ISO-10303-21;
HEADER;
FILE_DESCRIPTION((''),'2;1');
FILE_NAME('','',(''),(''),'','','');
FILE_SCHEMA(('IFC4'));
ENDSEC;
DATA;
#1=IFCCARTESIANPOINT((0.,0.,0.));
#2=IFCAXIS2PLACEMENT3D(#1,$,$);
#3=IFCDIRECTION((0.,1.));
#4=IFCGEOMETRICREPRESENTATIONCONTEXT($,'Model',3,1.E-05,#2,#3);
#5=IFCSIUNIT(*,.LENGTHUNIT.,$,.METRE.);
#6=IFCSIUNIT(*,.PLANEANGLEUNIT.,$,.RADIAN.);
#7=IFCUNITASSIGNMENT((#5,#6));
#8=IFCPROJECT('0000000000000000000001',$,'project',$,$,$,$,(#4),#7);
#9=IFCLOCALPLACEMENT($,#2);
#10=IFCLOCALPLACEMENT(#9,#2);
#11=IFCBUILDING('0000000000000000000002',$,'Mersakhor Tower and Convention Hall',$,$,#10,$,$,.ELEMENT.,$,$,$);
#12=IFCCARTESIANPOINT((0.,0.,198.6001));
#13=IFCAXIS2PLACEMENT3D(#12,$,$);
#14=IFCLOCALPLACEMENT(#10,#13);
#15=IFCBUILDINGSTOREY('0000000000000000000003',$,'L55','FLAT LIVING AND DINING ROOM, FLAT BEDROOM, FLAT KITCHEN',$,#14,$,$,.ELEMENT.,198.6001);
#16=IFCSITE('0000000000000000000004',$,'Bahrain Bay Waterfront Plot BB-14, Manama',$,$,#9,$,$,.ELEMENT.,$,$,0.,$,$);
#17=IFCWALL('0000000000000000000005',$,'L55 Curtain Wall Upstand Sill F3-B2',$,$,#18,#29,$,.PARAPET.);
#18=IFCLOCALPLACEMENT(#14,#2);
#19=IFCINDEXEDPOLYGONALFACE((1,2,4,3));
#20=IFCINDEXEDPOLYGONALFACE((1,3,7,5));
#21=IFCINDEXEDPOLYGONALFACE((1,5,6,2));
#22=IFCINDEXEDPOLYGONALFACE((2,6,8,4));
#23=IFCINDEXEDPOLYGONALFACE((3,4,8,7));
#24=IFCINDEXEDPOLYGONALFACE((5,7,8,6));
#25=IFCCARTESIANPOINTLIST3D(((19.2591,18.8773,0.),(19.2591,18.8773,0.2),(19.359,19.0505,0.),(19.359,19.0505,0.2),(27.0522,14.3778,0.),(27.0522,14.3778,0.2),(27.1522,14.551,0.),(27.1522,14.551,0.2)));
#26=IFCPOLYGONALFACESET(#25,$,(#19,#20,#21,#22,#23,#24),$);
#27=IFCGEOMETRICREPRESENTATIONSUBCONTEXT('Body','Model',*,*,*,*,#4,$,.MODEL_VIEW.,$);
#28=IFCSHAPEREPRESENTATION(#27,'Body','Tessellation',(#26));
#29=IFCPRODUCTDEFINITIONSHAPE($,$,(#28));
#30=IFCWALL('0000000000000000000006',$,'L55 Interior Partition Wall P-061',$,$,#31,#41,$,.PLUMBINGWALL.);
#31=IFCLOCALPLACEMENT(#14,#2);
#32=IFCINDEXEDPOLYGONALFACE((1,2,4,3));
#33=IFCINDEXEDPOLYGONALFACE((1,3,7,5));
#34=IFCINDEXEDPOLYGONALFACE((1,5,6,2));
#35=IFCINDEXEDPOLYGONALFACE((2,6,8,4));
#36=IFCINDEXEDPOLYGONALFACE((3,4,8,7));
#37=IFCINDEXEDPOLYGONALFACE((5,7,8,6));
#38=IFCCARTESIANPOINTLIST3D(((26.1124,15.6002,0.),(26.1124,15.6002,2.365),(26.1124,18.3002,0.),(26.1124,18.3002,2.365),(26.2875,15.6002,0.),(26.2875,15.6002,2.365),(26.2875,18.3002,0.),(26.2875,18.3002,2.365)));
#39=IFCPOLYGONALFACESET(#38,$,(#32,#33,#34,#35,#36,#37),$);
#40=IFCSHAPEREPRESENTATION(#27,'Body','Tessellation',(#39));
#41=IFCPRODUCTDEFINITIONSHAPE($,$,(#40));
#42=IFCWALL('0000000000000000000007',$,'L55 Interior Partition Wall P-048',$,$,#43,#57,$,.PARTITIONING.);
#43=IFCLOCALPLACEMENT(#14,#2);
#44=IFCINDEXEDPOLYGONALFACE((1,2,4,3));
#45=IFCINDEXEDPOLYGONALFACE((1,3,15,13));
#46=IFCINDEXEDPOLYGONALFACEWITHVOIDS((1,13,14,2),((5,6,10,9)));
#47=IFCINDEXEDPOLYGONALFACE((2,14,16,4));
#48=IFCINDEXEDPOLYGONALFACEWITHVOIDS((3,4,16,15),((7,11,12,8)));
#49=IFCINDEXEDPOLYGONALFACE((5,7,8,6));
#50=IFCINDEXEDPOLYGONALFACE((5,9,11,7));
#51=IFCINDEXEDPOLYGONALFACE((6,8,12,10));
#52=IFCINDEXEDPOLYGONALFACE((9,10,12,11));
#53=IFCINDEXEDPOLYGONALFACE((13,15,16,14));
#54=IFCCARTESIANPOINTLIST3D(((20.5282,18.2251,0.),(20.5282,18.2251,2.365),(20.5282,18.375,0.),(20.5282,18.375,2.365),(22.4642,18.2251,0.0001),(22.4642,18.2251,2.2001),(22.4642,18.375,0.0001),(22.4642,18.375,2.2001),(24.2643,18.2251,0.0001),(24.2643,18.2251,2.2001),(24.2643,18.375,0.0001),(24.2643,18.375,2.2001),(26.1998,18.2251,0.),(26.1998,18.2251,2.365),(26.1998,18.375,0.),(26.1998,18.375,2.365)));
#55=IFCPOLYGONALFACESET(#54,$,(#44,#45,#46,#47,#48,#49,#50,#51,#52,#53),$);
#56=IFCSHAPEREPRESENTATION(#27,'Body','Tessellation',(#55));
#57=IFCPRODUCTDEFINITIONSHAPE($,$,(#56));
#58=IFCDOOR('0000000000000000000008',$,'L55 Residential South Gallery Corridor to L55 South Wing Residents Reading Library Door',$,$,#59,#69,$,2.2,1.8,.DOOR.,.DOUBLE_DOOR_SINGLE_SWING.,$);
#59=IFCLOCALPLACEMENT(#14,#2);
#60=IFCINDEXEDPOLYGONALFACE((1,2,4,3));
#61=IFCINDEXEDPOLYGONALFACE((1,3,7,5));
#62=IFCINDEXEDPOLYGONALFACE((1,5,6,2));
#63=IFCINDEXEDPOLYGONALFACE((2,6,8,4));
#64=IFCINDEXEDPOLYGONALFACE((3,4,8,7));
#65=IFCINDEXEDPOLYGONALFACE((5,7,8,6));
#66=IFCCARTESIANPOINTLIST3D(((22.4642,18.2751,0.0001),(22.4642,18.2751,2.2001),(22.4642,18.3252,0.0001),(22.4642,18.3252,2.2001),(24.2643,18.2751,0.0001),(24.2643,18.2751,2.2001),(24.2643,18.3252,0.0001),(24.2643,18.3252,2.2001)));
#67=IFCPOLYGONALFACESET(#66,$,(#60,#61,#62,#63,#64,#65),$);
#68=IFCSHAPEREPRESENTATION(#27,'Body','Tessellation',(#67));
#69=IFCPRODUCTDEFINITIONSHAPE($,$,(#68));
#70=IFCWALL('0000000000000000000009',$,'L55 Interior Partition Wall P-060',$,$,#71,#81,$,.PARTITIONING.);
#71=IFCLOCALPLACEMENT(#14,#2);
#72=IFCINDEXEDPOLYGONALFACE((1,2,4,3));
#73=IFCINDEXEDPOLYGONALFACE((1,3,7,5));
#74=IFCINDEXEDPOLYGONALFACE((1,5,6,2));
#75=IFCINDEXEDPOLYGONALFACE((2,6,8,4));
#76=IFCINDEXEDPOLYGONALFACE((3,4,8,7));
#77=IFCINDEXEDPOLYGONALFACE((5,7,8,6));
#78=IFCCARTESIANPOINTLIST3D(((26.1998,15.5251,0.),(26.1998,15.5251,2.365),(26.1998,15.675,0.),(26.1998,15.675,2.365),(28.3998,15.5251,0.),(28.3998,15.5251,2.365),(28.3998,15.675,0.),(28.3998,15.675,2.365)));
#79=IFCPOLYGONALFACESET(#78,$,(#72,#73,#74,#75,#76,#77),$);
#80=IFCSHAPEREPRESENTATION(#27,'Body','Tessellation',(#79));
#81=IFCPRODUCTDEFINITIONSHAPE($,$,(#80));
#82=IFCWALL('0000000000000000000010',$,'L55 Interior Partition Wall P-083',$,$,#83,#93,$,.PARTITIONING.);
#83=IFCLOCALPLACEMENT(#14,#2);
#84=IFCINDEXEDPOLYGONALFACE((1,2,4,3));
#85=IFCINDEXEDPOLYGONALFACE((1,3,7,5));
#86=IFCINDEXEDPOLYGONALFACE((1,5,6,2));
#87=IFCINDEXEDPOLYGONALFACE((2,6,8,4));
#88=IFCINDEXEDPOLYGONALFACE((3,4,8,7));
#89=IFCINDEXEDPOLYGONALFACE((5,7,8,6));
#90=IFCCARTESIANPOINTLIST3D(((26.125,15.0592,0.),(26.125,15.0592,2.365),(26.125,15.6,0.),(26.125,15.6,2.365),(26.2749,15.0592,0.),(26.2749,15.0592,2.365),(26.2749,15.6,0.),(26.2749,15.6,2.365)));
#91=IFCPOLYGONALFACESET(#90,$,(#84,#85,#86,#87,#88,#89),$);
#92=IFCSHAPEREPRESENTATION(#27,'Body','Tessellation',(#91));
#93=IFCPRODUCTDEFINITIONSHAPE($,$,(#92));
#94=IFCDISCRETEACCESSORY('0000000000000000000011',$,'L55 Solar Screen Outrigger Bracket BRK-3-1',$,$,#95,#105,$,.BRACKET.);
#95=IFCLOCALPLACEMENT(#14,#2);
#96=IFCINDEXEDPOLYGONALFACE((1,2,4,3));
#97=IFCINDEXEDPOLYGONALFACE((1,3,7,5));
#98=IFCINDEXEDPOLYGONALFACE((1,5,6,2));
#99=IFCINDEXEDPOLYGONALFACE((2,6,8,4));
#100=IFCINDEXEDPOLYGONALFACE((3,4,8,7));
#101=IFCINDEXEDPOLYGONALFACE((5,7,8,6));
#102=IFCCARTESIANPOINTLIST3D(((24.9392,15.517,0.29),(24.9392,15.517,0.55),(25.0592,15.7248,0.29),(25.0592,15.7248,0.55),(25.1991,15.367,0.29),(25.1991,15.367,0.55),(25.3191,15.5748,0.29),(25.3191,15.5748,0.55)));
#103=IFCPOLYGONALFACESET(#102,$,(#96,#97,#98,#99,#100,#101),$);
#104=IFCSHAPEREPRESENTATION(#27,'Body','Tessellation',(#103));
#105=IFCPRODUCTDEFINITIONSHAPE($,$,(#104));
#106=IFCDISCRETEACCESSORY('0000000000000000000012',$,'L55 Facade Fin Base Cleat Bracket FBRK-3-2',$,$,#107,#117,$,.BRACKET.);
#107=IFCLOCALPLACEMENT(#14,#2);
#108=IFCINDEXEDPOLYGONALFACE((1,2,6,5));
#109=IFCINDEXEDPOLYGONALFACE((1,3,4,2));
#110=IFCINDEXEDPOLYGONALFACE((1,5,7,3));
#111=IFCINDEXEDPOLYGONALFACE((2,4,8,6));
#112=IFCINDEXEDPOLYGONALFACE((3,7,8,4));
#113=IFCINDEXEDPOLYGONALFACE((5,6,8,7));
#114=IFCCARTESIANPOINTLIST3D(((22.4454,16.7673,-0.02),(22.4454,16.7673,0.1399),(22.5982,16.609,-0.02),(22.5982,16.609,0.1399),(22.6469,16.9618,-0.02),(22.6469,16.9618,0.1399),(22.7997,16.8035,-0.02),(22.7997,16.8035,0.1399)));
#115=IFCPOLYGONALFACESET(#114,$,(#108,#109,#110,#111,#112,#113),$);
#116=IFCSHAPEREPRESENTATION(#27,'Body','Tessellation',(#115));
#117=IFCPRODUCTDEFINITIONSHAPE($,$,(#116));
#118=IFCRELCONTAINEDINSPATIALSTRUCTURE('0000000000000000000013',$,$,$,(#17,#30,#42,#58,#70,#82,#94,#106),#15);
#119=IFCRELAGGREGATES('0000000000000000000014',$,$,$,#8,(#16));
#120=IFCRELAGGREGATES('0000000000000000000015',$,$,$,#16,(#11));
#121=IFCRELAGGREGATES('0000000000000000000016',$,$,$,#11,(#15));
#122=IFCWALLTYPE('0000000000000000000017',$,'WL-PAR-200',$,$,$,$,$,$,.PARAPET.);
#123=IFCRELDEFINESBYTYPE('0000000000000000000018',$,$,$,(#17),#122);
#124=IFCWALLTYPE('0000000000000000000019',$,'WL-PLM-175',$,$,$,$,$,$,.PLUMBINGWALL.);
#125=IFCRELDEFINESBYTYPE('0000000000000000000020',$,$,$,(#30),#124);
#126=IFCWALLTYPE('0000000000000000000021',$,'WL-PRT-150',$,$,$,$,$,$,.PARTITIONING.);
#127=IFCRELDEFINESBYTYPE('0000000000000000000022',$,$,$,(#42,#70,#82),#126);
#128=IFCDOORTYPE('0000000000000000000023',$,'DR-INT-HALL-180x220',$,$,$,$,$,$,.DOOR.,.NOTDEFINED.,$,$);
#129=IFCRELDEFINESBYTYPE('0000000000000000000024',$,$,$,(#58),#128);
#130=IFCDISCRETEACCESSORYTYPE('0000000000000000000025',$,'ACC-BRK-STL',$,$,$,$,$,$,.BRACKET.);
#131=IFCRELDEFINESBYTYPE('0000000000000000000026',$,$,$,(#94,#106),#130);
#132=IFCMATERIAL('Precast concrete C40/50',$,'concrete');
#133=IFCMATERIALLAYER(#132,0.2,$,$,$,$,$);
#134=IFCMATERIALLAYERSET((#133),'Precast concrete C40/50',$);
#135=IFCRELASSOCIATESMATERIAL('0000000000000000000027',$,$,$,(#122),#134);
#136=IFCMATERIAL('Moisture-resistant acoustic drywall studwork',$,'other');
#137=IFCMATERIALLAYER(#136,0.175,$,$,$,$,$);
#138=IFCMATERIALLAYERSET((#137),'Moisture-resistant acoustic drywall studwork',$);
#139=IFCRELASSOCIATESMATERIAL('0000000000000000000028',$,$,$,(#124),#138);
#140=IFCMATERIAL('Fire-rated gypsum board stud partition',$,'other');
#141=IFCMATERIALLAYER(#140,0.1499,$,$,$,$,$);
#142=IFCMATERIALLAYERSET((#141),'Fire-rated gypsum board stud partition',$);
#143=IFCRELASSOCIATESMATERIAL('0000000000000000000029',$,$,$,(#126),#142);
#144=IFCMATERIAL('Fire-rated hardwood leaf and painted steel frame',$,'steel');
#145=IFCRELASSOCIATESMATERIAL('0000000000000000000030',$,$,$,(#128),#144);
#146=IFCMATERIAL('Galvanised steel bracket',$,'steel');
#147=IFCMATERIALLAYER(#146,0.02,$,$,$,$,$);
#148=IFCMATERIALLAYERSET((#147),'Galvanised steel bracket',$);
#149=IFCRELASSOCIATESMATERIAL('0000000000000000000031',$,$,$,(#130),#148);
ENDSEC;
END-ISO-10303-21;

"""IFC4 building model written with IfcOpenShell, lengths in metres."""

from ifc_helpers import new_model, si_unit, direction, frame, frame_2d, origin, origin_2d, place, context, subcontext, project, spatial, rectangle, extrude, material, layer, layer_set, type_object, element, fill, save


model = new_model("IFC4")

# Units and contexts
model_context = context("Model", 3, precision=1e-05, world=origin(), true_north=direction((0.0, 1.0)))
body_context = subcontext(model_context, "Body", "Model", "MODEL_VIEW")
ifc_project = project(units=[si_unit("LENGTHUNIT", "METRE"), si_unit("PLANEANGLEUNIT", "RADIAN")], contexts=[model_context])

# Site, building, storey
site_placement = place(None, origin())
site = spatial("IfcSite", under=ifc_project, at=site_placement, Name="Bahrain Bay Waterfront Plot BB-14, Manama", CompositionType="ELEMENT", RefElevation=0.0)
building_placement = place(site_placement, origin())
building = spatial("IfcBuilding", under=site, at=building_placement, Name="Mersakhor Tower and Convention Hall", CompositionType="ELEMENT")
storey_placement = place(building_placement, frame((0.0, 0.0, 198.6001)))
storey = spatial("IfcBuildingStorey", under=building, at=storey_placement, Name="L55", Description="FLAT LIVING AND DINING ROOM, FLAT BEDROOM, FLAT KITCHEN", CompositionType="ELEMENT", Elevation=198.6001)

# Walls
ifc_material_1 = material(Name="Precast concrete C40/50", Category="concrete")
ifc_layer_1 = layer(ifc_material_1, 0.2)
ifc_layer_set_1 = layer_set([ifc_layer_1], Name="Precast concrete C40/50")
wall_type_1 = type_object("IfcWallType", Name="WL-PAR-200", PredefinedType="PARAPET", material=ifc_layer_set_1)
wall_1_placement = place(storey_placement, frame((27.1023, 14.4644, 0.0), z_axis=(0.0, 0.0, 1.0), x_axis=(-0.866021, 0.500008, 0.0)))
element("IfcWall", 1, at=wall_1_placement, inside=storey, type_object=wall_type_1, Name="L55 Curtain Wall Upstand Sill F3-B2", PredefinedType="PARAPET", context=body_context, shape_type="SweptSolid", body=[
    extrude(rectangle(XDim=8.9988, YDim=0.2, at=frame_2d((4.4995, 0.0))), origin(), (0.0, 0.0, 1.0), 0.2),
])
ifc_material_2 = material(Name="Moisture-resistant acoustic drywall studwork", Category="other")
ifc_layer_2 = layer(ifc_material_2, 0.175)
ifc_layer_set_2 = layer_set([ifc_layer_2], Name="Moisture-resistant acoustic drywall studwork")
wall_type_2 = type_object("IfcWallType", Name="WL-PLM-175", PredefinedType="PLUMBINGWALL", material=ifc_layer_set_2)
wall_2_placement = place(storey_placement, frame((26.2, 15.6001, 0.0), z_axis=(0.0, 0.0, 1.0), x_axis=(0.0, 1.0, 0.0)))
element("IfcWall", 2, at=wall_2_placement, inside=storey, type_object=wall_type_2, Name="L55 Interior Partition Wall P-061", PredefinedType="PLUMBINGWALL", context=body_context, shape_type="SweptSolid", body=[
    extrude(rectangle(XDim=2.7, YDim=0.175, at=frame_2d((1.3501, 0.0))), origin(), (0.0, 0.0, 1.0), 2.365),
])

# Wall, opening, door
ifc_material_3 = material(Name="Fire-rated gypsum board stud partition", Category="other")
ifc_layer_3 = layer(ifc_material_3, 0.1499)
ifc_layer_set_3 = layer_set([ifc_layer_3], Name="Fire-rated gypsum board stud partition")
wall_type_3 = type_object("IfcWallType", Name="WL-PRT-150", PredefinedType="PARTITIONING", material=ifc_layer_set_3)
wall_3_placement = place(storey_placement, frame((26.2, 18.3, 0.0), z_axis=(0.0, 0.0, 1.0), x_axis=(-1.0, 0.0, 0.0)))
wall_3 = element("IfcWall", 3, at=wall_3_placement, inside=storey, type_object=wall_type_3, Name="L55 Interior Partition Wall P-048", PredefinedType="PARTITIONING", context=body_context, shape_type="SweptSolid", body=[
    extrude(rectangle(XDim=5.6716, YDim=0.1499, at=frame_2d((2.8359, 0.0))), origin(), (0.0, 0.0, 1.0), 2.365),
])
opening_placement = place(wall_3_placement, frame((1.9358, 0.0, 0.0)))
opening = element("IfcOpeningElement", 4, at=opening_placement, cuts=wall_3, PredefinedType="OPENING", context=body_context, shape_type="SweptSolid", body=[
    extrude(rectangle(XDim=1.8, YDim=2.2, at=frame_2d((0.8999, 1.1001))), frame((0.0, 0.085, 0.0), z_axis=(0.0, -1.0, 0.0), x_axis=(1.0, 0.0, 0.0)), (0.0, 0.0, 1.0), 0.1699),
])
ifc_material_4 = material(Name="Fire-rated hardwood leaf and painted steel frame", Category="steel")
door_type = type_object("IfcDoorType", Name="DR-INT-HALL-180x220", OperationType="NOTDEFINED", PredefinedType="DOOR", material=ifc_material_4)
door_placement = place(opening_placement, origin())
door = element("IfcDoor", 5, at=door_placement, inside=storey, type_object=door_type, Name="L55 Residential South Gallery Corridor to L55 South Wing Residents Reading Library Door", OperationType="DOUBLE_DOOR_SINGLE_SWING", OverallHeight=2.2, OverallWidth=1.8, PredefinedType="DOOR", context=body_context, shape_type="SweptSolid", body=[
    extrude(rectangle(XDim=1.8, YDim=2.2, at=frame_2d((0.8999, 1.1001))), frame((0.0, 0.0249, 0.0), z_axis=(0.0, -1.0, 0.0), x_axis=(1.0, 0.0, 0.0)), (0.0, 0.0, 1.0), 0.05),
])
fill(opening, door)

# Walls
wall_4_placement = place(storey_placement, frame((28.3999, 15.6001, 0.0), z_axis=(0.0, 0.0, 1.0), x_axis=(-1.0, 0.0, 0.0)))
element("IfcWall", 6, at=wall_4_placement, inside=storey, type_object=wall_type_3, Name="L55 Interior Partition Wall P-060", PredefinedType="PARTITIONING", context=body_context, shape_type="SweptSolid", body=[
    extrude(rectangle(XDim=2.2, YDim=0.1499, at=frame_2d((1.1001, 0.0))), origin(), (0.0, 0.0, 1.0), 2.365),
])
wall_5_placement = place(storey_placement, frame((26.2, 15.6001, 0.0), z_axis=(0.0, 0.0, 1.0), x_axis=(0.0, -1.0, 0.0)))
element("IfcWall", 7, at=wall_5_placement, inside=storey, type_object=wall_type_3, Name="L55 Interior Partition Wall P-083", PredefinedType="PARTITIONING", context=body_context, shape_type="SweptSolid", body=[
    extrude(rectangle(XDim=0.5408, YDim=0.1499, at=frame_2d((0.2705, 0.0))), origin(), (0.0, 0.0, 1.0), 2.365),
])

# Discrete accessories
ifc_material_5 = material(Name="Galvanised steel bracket", Category="steel")
ifc_layer_4 = layer(ifc_material_5, 0.02)
ifc_layer_set_4 = layer_set([ifc_layer_4], Name="Galvanised steel bracket")
discrete_accessory_type = type_object("IfcDiscreteAccessoryType", Name="ACC-BRK-STL", PredefinedType="BRACKET", material=ifc_layer_set_4)
discrete_accessory_1_placement = place(storey_placement, frame((25.1292, 15.5459, 0.29), z_axis=(0.0, 0.0, 1.0), x_axis=(-0.866025, 0.5, 0.0)))
element("IfcDiscreteAccessory", 8, at=discrete_accessory_1_placement, inside=storey, type_object=discrete_accessory_type, Name="L55 Solar Screen Outrigger Bracket BRK-3-1", PredefinedType="BRACKET", context=body_context, shape_type="SweptSolid", body=[
    extrude(rectangle(XDim=0.3, YDim=0.24, at=origin_2d()), origin(), (0.0, 0.0, 1.0), 0.26),
])
discrete_accessory_2_placement = place(storey_placement, frame((22.6226, 16.7854, -0.02), z_axis=(0.0, 0.0, 1.0), x_axis=(-0.71934, -0.694658, 0.0)))
element("IfcDiscreteAccessory", 9, at=discrete_accessory_2_placement, inside=storey, type_object=discrete_accessory_type, Name="L55 Facade Fin Base Cleat Bracket FBRK-3-2", PredefinedType="BRACKET", context=body_context, shape_type="SweptSolid", body=[
    extrude(rectangle(XDim=0.28, YDim=0.22, at=origin_2d()), origin(), (0.0, 0.0, 1.0), 0.1599),
])

save(model, "model.ifc")
